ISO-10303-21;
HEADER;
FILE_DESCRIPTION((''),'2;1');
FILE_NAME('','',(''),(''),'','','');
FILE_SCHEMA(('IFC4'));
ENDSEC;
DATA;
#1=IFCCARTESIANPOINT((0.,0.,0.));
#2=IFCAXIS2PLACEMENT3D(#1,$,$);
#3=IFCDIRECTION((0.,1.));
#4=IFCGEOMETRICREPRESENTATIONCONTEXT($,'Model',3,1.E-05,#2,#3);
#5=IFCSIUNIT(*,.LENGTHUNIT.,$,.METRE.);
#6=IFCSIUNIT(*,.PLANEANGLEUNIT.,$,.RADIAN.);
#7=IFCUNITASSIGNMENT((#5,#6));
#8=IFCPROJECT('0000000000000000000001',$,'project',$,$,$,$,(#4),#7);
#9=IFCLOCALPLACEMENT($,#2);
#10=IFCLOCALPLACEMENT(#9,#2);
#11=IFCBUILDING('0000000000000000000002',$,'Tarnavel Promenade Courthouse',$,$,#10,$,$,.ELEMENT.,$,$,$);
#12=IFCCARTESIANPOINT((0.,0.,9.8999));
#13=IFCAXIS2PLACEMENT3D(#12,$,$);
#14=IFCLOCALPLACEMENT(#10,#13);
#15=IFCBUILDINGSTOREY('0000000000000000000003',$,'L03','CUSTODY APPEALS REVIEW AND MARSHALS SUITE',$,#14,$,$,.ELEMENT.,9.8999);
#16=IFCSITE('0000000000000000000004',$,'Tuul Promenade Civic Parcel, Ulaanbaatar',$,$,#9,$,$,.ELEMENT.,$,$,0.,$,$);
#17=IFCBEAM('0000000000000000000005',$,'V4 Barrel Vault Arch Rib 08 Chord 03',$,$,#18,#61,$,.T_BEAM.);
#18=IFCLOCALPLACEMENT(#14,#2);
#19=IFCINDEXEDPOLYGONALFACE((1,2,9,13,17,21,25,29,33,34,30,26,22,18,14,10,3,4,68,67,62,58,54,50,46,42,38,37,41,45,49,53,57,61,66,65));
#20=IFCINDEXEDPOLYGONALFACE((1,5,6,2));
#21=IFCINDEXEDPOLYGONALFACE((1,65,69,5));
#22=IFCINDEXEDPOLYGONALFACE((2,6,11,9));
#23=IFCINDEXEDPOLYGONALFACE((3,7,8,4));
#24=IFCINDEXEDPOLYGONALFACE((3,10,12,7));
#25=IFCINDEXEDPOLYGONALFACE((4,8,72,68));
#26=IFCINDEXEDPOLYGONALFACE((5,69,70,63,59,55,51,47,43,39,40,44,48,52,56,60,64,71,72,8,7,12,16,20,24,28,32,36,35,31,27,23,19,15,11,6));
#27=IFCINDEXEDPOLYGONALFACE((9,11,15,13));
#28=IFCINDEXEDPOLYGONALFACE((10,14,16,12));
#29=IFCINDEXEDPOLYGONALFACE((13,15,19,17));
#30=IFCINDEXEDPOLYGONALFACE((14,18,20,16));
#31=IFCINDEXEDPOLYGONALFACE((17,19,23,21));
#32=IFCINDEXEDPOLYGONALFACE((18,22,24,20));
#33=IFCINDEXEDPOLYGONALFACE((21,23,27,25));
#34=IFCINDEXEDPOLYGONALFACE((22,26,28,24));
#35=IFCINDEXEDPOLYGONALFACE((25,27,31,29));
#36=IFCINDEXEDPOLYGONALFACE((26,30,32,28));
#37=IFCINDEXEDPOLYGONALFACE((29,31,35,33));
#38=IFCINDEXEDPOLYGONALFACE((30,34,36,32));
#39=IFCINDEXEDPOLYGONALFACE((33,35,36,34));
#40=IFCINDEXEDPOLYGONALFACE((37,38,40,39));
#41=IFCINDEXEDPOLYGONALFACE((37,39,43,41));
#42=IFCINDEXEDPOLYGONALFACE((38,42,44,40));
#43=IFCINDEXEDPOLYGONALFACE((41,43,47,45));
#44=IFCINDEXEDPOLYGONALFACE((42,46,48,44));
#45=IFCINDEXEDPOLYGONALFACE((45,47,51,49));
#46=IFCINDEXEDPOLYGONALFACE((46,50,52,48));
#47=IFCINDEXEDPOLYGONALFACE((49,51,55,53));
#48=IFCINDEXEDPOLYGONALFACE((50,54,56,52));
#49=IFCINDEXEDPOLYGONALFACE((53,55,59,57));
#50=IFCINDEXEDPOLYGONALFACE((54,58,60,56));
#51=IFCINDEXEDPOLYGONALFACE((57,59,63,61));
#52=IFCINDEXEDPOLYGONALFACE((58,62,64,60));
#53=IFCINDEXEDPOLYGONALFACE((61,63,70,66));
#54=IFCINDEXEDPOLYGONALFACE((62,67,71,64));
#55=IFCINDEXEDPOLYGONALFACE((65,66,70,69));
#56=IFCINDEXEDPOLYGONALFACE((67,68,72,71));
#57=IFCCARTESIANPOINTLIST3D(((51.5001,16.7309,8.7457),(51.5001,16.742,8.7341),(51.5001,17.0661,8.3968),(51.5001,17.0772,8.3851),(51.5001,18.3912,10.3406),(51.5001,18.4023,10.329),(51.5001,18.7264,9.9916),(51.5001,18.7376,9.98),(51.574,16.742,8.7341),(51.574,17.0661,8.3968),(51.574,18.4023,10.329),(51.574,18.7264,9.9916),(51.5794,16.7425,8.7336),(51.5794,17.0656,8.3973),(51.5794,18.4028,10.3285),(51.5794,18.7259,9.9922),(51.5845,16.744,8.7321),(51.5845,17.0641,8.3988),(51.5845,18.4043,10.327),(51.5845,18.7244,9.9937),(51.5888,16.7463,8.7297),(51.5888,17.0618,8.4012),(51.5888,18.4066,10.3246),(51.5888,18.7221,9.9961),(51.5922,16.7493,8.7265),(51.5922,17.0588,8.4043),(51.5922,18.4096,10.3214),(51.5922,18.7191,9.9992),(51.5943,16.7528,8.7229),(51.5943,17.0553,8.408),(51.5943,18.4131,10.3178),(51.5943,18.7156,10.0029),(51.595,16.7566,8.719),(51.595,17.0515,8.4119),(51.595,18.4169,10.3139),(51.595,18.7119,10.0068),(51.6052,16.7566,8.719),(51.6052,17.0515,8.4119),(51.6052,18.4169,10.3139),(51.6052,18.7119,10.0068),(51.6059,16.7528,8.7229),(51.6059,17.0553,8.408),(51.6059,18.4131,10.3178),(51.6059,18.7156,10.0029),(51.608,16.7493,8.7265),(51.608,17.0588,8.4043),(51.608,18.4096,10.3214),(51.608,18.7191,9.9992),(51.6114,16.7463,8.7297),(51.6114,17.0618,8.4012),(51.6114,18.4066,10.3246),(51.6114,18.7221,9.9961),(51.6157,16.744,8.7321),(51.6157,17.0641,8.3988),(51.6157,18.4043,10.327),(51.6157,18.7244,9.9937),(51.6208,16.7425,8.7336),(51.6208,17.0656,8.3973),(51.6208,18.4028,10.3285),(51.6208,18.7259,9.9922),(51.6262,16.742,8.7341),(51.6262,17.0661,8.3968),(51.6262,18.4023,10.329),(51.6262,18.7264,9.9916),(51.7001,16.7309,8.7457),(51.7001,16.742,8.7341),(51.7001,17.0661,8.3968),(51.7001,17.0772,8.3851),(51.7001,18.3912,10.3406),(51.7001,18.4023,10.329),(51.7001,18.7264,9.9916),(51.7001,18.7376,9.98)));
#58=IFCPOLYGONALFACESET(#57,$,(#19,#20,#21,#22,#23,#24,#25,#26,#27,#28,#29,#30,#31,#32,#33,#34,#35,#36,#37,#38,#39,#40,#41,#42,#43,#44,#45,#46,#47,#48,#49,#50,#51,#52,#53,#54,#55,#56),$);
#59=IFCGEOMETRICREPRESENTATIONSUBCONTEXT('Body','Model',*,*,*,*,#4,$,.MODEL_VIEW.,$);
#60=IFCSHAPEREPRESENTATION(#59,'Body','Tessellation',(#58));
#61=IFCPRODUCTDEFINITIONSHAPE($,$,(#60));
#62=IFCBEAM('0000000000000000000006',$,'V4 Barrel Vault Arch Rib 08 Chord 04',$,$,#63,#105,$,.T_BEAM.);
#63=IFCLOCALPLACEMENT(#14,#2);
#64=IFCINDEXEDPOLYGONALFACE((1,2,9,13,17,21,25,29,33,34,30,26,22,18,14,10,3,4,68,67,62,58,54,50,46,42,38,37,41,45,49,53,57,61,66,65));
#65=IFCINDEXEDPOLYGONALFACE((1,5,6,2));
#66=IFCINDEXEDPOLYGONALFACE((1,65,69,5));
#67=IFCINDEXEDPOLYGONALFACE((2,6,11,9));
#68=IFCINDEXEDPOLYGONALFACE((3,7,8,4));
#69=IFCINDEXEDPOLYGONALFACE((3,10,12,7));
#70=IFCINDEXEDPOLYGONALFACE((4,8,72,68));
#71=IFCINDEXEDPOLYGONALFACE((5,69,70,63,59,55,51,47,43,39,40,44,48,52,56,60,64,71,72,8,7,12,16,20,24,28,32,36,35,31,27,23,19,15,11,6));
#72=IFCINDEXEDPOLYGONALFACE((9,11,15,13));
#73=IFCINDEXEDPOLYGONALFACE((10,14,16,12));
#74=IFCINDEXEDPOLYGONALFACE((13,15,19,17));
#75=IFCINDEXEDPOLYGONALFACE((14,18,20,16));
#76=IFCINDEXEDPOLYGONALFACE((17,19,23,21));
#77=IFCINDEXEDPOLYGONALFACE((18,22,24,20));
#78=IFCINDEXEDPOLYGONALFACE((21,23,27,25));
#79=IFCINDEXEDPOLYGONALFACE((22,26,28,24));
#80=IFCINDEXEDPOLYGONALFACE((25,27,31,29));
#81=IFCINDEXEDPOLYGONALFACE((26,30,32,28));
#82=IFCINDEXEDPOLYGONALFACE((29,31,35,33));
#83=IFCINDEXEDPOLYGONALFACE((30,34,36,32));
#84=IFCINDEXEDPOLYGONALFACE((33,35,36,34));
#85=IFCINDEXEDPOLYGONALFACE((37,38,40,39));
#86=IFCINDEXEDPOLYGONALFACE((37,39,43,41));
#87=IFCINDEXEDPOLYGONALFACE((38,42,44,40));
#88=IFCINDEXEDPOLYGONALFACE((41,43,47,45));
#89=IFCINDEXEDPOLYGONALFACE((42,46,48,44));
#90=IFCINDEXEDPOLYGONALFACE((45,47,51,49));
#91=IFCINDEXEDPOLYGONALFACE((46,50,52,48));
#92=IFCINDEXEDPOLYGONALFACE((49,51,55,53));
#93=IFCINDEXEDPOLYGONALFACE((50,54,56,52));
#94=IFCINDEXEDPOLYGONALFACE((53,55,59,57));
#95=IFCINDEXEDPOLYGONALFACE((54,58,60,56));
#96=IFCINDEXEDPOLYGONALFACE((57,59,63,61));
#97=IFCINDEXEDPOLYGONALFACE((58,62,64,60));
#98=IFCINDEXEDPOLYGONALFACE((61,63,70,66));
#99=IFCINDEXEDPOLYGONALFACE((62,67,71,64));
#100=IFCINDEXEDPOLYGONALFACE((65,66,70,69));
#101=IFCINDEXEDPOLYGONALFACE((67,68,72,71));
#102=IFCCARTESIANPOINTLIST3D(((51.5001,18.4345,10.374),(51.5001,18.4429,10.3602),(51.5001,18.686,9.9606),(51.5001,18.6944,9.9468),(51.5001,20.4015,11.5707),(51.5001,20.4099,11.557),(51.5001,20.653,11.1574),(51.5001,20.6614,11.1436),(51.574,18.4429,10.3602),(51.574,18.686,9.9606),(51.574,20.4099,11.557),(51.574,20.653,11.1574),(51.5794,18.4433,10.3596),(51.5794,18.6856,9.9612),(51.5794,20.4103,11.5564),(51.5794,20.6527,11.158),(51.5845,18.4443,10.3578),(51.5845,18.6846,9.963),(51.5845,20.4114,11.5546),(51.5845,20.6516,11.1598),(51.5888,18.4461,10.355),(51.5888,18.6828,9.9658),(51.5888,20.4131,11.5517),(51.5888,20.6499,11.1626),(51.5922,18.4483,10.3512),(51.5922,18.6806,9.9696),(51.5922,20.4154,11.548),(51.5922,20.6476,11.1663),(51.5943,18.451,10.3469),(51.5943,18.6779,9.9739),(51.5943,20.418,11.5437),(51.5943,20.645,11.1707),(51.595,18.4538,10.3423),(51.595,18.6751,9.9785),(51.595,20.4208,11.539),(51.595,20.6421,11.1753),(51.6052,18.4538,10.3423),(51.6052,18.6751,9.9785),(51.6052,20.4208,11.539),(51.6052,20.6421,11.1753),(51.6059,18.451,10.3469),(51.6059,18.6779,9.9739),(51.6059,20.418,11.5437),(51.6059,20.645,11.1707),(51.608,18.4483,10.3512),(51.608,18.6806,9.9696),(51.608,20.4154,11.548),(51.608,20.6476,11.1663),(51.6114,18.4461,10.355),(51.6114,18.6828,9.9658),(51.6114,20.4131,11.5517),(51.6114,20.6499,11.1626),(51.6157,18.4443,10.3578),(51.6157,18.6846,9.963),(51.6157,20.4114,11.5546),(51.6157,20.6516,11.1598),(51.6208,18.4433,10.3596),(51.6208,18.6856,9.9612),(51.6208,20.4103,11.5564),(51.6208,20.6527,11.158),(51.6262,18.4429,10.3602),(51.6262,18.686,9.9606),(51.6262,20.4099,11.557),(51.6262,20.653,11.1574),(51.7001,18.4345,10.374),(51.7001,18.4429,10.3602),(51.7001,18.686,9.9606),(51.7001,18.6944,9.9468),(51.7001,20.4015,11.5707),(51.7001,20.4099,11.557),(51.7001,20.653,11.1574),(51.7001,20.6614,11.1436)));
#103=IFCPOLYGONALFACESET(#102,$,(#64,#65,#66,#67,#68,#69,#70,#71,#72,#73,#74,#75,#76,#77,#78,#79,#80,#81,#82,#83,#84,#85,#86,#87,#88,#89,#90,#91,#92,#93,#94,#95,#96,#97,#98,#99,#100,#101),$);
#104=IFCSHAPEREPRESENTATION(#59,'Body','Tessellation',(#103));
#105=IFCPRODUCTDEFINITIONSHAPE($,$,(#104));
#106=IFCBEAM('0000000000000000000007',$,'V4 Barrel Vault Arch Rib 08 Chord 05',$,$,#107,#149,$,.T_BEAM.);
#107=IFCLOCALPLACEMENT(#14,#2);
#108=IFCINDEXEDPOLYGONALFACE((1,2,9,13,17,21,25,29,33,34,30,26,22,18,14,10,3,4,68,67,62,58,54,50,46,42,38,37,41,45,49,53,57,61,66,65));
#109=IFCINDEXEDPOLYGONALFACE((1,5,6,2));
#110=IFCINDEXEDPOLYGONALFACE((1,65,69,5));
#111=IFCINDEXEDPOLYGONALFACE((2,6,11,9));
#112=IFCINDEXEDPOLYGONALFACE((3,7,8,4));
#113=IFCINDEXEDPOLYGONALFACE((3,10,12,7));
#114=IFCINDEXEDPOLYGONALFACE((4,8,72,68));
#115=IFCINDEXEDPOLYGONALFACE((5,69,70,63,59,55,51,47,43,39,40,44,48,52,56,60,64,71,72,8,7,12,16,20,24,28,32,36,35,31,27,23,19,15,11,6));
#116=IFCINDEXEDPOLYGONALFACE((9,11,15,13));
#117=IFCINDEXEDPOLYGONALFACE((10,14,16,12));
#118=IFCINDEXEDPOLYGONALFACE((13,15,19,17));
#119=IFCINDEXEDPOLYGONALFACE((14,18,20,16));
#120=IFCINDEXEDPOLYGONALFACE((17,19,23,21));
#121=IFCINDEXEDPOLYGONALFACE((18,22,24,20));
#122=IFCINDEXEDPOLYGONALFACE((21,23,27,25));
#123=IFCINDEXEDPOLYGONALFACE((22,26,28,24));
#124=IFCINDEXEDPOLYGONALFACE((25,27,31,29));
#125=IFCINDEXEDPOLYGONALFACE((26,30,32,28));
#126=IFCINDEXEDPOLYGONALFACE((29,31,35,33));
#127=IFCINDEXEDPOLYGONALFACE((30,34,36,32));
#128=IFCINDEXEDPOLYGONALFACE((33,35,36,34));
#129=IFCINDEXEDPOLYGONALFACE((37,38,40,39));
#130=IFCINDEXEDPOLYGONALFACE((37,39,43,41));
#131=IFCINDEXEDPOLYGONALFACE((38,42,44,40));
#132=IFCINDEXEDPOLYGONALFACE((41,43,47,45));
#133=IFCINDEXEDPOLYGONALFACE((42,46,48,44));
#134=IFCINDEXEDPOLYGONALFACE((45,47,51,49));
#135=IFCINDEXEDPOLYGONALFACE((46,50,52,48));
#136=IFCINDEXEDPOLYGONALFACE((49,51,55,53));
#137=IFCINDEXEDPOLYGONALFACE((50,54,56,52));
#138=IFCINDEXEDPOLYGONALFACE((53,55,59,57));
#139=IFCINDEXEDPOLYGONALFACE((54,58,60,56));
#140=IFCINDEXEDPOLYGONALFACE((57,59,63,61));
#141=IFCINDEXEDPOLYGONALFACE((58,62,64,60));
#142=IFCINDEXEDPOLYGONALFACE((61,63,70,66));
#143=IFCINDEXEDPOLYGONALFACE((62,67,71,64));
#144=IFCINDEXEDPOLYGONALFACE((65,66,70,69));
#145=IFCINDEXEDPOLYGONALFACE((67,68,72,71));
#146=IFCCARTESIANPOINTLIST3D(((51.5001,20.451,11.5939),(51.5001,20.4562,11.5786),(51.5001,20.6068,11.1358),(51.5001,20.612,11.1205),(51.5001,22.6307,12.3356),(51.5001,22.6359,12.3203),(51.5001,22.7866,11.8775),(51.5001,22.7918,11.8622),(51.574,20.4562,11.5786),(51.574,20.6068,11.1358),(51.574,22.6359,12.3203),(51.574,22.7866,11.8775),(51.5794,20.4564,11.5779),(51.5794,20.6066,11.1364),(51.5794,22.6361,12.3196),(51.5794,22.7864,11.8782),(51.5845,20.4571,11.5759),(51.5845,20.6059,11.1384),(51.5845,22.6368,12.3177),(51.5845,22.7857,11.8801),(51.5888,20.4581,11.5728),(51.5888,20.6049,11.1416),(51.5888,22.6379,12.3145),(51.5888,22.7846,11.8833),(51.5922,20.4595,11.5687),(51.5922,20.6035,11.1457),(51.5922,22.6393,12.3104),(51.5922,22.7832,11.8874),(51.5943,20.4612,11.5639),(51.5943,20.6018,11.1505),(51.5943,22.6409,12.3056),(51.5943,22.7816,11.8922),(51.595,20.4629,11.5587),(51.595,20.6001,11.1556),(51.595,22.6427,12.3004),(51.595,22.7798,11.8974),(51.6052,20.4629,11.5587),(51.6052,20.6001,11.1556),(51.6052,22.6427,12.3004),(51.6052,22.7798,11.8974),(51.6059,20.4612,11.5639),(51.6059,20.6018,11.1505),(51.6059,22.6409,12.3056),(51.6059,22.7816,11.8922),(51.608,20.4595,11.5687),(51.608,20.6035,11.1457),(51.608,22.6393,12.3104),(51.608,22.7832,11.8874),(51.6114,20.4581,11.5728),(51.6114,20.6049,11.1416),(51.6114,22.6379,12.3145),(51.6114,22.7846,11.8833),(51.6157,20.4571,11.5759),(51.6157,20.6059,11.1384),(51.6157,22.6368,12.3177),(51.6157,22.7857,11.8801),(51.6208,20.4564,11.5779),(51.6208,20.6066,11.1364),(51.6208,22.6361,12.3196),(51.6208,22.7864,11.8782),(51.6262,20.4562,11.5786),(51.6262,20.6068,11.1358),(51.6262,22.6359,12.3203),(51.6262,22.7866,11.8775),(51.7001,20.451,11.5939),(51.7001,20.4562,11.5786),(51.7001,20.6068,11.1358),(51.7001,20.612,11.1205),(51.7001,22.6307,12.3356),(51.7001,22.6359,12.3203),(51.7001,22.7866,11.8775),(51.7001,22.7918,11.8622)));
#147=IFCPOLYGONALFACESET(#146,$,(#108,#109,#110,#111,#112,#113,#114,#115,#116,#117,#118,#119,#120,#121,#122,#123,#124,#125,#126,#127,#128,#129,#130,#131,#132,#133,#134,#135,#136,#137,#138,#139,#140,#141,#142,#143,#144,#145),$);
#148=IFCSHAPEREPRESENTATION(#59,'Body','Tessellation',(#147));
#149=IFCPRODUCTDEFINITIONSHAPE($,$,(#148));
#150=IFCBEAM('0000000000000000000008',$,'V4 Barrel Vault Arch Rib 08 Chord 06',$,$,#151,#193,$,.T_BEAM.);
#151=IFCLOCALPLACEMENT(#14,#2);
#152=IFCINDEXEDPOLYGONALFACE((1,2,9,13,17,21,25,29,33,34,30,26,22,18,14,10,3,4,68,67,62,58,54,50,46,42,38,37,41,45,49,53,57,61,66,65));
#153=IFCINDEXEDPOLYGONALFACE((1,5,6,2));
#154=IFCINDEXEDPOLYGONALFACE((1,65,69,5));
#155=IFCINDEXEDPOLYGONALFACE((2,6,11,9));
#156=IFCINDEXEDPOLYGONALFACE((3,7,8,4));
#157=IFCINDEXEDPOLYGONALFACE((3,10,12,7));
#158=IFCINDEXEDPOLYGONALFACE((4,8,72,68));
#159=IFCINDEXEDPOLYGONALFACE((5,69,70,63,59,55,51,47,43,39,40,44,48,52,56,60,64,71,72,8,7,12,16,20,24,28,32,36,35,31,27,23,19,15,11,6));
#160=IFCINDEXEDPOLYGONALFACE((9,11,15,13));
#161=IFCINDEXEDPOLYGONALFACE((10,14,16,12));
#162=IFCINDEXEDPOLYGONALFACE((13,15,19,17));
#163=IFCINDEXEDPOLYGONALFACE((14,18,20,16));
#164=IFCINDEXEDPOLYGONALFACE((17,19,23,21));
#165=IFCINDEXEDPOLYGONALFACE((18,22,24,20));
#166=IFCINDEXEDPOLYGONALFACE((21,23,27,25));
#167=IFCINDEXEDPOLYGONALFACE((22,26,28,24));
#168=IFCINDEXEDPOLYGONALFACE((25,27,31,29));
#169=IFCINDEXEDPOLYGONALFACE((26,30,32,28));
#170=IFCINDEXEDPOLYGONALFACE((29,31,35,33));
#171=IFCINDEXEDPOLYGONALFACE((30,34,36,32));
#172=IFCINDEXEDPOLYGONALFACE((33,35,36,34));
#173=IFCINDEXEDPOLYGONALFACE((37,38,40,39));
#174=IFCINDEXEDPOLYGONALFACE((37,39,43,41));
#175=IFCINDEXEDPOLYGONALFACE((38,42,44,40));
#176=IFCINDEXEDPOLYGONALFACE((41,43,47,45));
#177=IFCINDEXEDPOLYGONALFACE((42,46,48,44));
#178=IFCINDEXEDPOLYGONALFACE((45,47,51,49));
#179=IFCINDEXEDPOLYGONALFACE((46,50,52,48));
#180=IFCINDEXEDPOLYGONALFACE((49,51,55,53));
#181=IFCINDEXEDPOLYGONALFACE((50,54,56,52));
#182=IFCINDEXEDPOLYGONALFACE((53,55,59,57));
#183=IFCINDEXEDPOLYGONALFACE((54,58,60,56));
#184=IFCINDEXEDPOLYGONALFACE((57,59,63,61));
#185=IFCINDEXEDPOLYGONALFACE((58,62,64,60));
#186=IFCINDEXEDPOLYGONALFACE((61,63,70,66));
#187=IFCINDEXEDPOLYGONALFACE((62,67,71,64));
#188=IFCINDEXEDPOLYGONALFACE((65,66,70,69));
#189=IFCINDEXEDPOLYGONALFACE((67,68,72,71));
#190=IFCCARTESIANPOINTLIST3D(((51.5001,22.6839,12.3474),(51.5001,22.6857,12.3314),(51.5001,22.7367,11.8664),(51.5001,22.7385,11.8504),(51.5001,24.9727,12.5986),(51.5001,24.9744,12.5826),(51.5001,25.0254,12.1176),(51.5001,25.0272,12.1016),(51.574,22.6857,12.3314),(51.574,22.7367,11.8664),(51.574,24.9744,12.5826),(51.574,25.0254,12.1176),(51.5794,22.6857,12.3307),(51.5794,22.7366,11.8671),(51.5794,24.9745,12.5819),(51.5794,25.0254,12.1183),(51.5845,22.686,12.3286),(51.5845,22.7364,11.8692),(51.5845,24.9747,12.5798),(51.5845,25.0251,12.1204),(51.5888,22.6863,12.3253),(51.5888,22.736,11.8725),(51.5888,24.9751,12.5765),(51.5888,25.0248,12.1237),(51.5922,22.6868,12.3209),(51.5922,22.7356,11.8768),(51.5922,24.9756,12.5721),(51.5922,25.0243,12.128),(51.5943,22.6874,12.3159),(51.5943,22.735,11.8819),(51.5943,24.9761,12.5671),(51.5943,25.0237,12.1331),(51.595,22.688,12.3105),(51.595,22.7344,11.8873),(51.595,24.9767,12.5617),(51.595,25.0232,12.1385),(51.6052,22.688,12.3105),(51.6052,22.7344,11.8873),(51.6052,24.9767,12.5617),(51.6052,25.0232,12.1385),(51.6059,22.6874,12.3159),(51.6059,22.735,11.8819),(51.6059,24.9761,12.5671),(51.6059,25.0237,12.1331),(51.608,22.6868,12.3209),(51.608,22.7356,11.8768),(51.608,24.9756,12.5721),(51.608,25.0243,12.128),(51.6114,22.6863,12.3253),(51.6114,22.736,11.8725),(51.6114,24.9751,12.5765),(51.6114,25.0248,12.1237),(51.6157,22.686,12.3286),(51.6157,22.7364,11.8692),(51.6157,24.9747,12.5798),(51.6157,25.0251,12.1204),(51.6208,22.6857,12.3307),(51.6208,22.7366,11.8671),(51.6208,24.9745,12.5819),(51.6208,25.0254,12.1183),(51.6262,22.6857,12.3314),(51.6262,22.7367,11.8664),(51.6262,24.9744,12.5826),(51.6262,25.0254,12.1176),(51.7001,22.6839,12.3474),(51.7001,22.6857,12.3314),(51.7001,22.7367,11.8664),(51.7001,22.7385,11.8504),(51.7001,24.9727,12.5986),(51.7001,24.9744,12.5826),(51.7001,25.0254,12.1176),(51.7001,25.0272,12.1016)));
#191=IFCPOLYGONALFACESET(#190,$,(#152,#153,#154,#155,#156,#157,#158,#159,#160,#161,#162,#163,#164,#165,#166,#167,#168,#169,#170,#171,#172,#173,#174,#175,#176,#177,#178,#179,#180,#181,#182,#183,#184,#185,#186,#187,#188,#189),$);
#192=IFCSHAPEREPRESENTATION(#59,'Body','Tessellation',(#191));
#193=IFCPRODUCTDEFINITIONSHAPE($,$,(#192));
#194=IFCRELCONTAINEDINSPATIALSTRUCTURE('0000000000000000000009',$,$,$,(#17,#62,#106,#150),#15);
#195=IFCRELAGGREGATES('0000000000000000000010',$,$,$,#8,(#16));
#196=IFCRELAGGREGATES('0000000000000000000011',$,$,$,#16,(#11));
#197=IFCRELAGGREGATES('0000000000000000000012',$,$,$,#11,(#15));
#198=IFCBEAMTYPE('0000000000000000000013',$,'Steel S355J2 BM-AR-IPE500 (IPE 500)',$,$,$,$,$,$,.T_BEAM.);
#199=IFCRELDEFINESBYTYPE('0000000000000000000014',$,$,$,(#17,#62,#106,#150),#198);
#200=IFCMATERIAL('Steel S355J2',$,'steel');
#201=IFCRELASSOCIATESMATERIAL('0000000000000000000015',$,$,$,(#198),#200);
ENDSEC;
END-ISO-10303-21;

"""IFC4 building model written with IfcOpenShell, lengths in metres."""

from ifc_helpers import new_model, si_unit, direction, frame, origin, origin_2d, place, context, subcontext, project, spatial, i_section, extrude, material, material_profile, profile_set, type_object, element, save


model = new_model("IFC4")

# Units and contexts
model_context = context("Model", 3, precision=1e-05, world=origin(), true_north=direction((0.0, 1.0)))
body_context = subcontext(model_context, "Body", "Model", "MODEL_VIEW")
ifc_project = project(units=[si_unit("LENGTHUNIT", "METRE"), si_unit("PLANEANGLEUNIT", "RADIAN")], contexts=[model_context])

# Site, building, storey
site_placement = place(None, origin())
site = spatial("IfcSite", under=ifc_project, at=site_placement, Name="Tuul Promenade Civic Parcel, Ulaanbaatar", CompositionType="ELEMENT", RefElevation=0.0)
building_placement = place(site_placement, origin())
building = spatial("IfcBuilding", under=site, at=building_placement, Name="Tarnavel Promenade Courthouse", CompositionType="ELEMENT")
storey_placement = place(building_placement, frame((0.0, 0.0, 9.8999)))
storey = spatial("IfcBuildingStorey", under=building, at=storey_placement, Name="L03", Description="CUSTODY APPEALS REVIEW AND MARSHALS SUITE", CompositionType="ELEMENT", Elevation=9.8999)

# Beams
ifc_material_1 = material(Name="Steel S355J2", Category="steel")
ifc_material_profile_1 = material_profile(ifc_material_1, i_section(OverallWidth=0.2, OverallDepth=0.5, WebThickness=0.0103, FlangeThickness=0.0161, FilletRadius=0.021, at=origin_2d()), Name="IPE 500")
ifc_profile_set_1 = profile_set([ifc_material_profile_1], Name="Steel S355J2")
beam_type = type_object("IfcBeamType", Name="Steel S355J2 BM-AR-IPE500 (IPE 500)", PredefinedType="T_BEAM", material=ifc_profile_set_1)
beam_placement = place(storey_placement, frame((51.6001, 16.9041, 8.5654), z_axis=(0.0, 0.721173, 0.692755), x_axis=(-1.0, 0.0, 0.0)))
element("IfcBeam", 1, at=beam_placement, inside=storey, type_object=beam_type, Name="V4 Barrel Vault Arch Rib 08 Chord 03", PredefinedType="T_BEAM", context=body_context, shape_type="SweptSolid", body=[
    extrude(i_section(OverallWidth=0.2, OverallDepth=0.5, WebThickness=0.0103, FlangeThickness=0.0161, FilletRadius=0.021, at=origin_2d()), origin(), (0.0, 0.0, 1.0), 2.3022),
])
for number, where, z_axis, x_axis, name in (
    (2, (51.6001, 18.5645, 10.1604), (0.0, 0.854305, 0.519772), (-1.0, 0.0, 0.0), "V4 Barrel Vault Arch Rib 08 Chord 04"),
    (3, (51.6001, 20.5315, 11.3572), (0.0, 0.946693, 0.322138), (-1.0, 0.0, 0.0), "V4 Barrel Vault Arch Rib 08 Chord 05"),
    (4, (51.6001, 22.7112, 12.0989), (0.0, 0.99403, 0.109105), (-1.0, 0.0, 0.0), "V4 Barrel Vault Arch Rib 08 Chord 06"),
):
    element("IfcBeam", number, at=place(storey_placement, frame(where, z_axis=z_axis, x_axis=x_axis)), inside=storey, type_object=beam_type, Name=name, PredefinedType="T_BEAM", context=body_context, shape_type="SweptSolid", body=[
        extrude(i_section(OverallWidth=0.2, OverallDepth=0.5, WebThickness=0.0103, FlangeThickness=0.0161, FilletRadius=0.021, at=origin_2d()), origin(), (0.0, 0.0, 1.0), 2.3025),
    ])

save(model, "model.ifc")
